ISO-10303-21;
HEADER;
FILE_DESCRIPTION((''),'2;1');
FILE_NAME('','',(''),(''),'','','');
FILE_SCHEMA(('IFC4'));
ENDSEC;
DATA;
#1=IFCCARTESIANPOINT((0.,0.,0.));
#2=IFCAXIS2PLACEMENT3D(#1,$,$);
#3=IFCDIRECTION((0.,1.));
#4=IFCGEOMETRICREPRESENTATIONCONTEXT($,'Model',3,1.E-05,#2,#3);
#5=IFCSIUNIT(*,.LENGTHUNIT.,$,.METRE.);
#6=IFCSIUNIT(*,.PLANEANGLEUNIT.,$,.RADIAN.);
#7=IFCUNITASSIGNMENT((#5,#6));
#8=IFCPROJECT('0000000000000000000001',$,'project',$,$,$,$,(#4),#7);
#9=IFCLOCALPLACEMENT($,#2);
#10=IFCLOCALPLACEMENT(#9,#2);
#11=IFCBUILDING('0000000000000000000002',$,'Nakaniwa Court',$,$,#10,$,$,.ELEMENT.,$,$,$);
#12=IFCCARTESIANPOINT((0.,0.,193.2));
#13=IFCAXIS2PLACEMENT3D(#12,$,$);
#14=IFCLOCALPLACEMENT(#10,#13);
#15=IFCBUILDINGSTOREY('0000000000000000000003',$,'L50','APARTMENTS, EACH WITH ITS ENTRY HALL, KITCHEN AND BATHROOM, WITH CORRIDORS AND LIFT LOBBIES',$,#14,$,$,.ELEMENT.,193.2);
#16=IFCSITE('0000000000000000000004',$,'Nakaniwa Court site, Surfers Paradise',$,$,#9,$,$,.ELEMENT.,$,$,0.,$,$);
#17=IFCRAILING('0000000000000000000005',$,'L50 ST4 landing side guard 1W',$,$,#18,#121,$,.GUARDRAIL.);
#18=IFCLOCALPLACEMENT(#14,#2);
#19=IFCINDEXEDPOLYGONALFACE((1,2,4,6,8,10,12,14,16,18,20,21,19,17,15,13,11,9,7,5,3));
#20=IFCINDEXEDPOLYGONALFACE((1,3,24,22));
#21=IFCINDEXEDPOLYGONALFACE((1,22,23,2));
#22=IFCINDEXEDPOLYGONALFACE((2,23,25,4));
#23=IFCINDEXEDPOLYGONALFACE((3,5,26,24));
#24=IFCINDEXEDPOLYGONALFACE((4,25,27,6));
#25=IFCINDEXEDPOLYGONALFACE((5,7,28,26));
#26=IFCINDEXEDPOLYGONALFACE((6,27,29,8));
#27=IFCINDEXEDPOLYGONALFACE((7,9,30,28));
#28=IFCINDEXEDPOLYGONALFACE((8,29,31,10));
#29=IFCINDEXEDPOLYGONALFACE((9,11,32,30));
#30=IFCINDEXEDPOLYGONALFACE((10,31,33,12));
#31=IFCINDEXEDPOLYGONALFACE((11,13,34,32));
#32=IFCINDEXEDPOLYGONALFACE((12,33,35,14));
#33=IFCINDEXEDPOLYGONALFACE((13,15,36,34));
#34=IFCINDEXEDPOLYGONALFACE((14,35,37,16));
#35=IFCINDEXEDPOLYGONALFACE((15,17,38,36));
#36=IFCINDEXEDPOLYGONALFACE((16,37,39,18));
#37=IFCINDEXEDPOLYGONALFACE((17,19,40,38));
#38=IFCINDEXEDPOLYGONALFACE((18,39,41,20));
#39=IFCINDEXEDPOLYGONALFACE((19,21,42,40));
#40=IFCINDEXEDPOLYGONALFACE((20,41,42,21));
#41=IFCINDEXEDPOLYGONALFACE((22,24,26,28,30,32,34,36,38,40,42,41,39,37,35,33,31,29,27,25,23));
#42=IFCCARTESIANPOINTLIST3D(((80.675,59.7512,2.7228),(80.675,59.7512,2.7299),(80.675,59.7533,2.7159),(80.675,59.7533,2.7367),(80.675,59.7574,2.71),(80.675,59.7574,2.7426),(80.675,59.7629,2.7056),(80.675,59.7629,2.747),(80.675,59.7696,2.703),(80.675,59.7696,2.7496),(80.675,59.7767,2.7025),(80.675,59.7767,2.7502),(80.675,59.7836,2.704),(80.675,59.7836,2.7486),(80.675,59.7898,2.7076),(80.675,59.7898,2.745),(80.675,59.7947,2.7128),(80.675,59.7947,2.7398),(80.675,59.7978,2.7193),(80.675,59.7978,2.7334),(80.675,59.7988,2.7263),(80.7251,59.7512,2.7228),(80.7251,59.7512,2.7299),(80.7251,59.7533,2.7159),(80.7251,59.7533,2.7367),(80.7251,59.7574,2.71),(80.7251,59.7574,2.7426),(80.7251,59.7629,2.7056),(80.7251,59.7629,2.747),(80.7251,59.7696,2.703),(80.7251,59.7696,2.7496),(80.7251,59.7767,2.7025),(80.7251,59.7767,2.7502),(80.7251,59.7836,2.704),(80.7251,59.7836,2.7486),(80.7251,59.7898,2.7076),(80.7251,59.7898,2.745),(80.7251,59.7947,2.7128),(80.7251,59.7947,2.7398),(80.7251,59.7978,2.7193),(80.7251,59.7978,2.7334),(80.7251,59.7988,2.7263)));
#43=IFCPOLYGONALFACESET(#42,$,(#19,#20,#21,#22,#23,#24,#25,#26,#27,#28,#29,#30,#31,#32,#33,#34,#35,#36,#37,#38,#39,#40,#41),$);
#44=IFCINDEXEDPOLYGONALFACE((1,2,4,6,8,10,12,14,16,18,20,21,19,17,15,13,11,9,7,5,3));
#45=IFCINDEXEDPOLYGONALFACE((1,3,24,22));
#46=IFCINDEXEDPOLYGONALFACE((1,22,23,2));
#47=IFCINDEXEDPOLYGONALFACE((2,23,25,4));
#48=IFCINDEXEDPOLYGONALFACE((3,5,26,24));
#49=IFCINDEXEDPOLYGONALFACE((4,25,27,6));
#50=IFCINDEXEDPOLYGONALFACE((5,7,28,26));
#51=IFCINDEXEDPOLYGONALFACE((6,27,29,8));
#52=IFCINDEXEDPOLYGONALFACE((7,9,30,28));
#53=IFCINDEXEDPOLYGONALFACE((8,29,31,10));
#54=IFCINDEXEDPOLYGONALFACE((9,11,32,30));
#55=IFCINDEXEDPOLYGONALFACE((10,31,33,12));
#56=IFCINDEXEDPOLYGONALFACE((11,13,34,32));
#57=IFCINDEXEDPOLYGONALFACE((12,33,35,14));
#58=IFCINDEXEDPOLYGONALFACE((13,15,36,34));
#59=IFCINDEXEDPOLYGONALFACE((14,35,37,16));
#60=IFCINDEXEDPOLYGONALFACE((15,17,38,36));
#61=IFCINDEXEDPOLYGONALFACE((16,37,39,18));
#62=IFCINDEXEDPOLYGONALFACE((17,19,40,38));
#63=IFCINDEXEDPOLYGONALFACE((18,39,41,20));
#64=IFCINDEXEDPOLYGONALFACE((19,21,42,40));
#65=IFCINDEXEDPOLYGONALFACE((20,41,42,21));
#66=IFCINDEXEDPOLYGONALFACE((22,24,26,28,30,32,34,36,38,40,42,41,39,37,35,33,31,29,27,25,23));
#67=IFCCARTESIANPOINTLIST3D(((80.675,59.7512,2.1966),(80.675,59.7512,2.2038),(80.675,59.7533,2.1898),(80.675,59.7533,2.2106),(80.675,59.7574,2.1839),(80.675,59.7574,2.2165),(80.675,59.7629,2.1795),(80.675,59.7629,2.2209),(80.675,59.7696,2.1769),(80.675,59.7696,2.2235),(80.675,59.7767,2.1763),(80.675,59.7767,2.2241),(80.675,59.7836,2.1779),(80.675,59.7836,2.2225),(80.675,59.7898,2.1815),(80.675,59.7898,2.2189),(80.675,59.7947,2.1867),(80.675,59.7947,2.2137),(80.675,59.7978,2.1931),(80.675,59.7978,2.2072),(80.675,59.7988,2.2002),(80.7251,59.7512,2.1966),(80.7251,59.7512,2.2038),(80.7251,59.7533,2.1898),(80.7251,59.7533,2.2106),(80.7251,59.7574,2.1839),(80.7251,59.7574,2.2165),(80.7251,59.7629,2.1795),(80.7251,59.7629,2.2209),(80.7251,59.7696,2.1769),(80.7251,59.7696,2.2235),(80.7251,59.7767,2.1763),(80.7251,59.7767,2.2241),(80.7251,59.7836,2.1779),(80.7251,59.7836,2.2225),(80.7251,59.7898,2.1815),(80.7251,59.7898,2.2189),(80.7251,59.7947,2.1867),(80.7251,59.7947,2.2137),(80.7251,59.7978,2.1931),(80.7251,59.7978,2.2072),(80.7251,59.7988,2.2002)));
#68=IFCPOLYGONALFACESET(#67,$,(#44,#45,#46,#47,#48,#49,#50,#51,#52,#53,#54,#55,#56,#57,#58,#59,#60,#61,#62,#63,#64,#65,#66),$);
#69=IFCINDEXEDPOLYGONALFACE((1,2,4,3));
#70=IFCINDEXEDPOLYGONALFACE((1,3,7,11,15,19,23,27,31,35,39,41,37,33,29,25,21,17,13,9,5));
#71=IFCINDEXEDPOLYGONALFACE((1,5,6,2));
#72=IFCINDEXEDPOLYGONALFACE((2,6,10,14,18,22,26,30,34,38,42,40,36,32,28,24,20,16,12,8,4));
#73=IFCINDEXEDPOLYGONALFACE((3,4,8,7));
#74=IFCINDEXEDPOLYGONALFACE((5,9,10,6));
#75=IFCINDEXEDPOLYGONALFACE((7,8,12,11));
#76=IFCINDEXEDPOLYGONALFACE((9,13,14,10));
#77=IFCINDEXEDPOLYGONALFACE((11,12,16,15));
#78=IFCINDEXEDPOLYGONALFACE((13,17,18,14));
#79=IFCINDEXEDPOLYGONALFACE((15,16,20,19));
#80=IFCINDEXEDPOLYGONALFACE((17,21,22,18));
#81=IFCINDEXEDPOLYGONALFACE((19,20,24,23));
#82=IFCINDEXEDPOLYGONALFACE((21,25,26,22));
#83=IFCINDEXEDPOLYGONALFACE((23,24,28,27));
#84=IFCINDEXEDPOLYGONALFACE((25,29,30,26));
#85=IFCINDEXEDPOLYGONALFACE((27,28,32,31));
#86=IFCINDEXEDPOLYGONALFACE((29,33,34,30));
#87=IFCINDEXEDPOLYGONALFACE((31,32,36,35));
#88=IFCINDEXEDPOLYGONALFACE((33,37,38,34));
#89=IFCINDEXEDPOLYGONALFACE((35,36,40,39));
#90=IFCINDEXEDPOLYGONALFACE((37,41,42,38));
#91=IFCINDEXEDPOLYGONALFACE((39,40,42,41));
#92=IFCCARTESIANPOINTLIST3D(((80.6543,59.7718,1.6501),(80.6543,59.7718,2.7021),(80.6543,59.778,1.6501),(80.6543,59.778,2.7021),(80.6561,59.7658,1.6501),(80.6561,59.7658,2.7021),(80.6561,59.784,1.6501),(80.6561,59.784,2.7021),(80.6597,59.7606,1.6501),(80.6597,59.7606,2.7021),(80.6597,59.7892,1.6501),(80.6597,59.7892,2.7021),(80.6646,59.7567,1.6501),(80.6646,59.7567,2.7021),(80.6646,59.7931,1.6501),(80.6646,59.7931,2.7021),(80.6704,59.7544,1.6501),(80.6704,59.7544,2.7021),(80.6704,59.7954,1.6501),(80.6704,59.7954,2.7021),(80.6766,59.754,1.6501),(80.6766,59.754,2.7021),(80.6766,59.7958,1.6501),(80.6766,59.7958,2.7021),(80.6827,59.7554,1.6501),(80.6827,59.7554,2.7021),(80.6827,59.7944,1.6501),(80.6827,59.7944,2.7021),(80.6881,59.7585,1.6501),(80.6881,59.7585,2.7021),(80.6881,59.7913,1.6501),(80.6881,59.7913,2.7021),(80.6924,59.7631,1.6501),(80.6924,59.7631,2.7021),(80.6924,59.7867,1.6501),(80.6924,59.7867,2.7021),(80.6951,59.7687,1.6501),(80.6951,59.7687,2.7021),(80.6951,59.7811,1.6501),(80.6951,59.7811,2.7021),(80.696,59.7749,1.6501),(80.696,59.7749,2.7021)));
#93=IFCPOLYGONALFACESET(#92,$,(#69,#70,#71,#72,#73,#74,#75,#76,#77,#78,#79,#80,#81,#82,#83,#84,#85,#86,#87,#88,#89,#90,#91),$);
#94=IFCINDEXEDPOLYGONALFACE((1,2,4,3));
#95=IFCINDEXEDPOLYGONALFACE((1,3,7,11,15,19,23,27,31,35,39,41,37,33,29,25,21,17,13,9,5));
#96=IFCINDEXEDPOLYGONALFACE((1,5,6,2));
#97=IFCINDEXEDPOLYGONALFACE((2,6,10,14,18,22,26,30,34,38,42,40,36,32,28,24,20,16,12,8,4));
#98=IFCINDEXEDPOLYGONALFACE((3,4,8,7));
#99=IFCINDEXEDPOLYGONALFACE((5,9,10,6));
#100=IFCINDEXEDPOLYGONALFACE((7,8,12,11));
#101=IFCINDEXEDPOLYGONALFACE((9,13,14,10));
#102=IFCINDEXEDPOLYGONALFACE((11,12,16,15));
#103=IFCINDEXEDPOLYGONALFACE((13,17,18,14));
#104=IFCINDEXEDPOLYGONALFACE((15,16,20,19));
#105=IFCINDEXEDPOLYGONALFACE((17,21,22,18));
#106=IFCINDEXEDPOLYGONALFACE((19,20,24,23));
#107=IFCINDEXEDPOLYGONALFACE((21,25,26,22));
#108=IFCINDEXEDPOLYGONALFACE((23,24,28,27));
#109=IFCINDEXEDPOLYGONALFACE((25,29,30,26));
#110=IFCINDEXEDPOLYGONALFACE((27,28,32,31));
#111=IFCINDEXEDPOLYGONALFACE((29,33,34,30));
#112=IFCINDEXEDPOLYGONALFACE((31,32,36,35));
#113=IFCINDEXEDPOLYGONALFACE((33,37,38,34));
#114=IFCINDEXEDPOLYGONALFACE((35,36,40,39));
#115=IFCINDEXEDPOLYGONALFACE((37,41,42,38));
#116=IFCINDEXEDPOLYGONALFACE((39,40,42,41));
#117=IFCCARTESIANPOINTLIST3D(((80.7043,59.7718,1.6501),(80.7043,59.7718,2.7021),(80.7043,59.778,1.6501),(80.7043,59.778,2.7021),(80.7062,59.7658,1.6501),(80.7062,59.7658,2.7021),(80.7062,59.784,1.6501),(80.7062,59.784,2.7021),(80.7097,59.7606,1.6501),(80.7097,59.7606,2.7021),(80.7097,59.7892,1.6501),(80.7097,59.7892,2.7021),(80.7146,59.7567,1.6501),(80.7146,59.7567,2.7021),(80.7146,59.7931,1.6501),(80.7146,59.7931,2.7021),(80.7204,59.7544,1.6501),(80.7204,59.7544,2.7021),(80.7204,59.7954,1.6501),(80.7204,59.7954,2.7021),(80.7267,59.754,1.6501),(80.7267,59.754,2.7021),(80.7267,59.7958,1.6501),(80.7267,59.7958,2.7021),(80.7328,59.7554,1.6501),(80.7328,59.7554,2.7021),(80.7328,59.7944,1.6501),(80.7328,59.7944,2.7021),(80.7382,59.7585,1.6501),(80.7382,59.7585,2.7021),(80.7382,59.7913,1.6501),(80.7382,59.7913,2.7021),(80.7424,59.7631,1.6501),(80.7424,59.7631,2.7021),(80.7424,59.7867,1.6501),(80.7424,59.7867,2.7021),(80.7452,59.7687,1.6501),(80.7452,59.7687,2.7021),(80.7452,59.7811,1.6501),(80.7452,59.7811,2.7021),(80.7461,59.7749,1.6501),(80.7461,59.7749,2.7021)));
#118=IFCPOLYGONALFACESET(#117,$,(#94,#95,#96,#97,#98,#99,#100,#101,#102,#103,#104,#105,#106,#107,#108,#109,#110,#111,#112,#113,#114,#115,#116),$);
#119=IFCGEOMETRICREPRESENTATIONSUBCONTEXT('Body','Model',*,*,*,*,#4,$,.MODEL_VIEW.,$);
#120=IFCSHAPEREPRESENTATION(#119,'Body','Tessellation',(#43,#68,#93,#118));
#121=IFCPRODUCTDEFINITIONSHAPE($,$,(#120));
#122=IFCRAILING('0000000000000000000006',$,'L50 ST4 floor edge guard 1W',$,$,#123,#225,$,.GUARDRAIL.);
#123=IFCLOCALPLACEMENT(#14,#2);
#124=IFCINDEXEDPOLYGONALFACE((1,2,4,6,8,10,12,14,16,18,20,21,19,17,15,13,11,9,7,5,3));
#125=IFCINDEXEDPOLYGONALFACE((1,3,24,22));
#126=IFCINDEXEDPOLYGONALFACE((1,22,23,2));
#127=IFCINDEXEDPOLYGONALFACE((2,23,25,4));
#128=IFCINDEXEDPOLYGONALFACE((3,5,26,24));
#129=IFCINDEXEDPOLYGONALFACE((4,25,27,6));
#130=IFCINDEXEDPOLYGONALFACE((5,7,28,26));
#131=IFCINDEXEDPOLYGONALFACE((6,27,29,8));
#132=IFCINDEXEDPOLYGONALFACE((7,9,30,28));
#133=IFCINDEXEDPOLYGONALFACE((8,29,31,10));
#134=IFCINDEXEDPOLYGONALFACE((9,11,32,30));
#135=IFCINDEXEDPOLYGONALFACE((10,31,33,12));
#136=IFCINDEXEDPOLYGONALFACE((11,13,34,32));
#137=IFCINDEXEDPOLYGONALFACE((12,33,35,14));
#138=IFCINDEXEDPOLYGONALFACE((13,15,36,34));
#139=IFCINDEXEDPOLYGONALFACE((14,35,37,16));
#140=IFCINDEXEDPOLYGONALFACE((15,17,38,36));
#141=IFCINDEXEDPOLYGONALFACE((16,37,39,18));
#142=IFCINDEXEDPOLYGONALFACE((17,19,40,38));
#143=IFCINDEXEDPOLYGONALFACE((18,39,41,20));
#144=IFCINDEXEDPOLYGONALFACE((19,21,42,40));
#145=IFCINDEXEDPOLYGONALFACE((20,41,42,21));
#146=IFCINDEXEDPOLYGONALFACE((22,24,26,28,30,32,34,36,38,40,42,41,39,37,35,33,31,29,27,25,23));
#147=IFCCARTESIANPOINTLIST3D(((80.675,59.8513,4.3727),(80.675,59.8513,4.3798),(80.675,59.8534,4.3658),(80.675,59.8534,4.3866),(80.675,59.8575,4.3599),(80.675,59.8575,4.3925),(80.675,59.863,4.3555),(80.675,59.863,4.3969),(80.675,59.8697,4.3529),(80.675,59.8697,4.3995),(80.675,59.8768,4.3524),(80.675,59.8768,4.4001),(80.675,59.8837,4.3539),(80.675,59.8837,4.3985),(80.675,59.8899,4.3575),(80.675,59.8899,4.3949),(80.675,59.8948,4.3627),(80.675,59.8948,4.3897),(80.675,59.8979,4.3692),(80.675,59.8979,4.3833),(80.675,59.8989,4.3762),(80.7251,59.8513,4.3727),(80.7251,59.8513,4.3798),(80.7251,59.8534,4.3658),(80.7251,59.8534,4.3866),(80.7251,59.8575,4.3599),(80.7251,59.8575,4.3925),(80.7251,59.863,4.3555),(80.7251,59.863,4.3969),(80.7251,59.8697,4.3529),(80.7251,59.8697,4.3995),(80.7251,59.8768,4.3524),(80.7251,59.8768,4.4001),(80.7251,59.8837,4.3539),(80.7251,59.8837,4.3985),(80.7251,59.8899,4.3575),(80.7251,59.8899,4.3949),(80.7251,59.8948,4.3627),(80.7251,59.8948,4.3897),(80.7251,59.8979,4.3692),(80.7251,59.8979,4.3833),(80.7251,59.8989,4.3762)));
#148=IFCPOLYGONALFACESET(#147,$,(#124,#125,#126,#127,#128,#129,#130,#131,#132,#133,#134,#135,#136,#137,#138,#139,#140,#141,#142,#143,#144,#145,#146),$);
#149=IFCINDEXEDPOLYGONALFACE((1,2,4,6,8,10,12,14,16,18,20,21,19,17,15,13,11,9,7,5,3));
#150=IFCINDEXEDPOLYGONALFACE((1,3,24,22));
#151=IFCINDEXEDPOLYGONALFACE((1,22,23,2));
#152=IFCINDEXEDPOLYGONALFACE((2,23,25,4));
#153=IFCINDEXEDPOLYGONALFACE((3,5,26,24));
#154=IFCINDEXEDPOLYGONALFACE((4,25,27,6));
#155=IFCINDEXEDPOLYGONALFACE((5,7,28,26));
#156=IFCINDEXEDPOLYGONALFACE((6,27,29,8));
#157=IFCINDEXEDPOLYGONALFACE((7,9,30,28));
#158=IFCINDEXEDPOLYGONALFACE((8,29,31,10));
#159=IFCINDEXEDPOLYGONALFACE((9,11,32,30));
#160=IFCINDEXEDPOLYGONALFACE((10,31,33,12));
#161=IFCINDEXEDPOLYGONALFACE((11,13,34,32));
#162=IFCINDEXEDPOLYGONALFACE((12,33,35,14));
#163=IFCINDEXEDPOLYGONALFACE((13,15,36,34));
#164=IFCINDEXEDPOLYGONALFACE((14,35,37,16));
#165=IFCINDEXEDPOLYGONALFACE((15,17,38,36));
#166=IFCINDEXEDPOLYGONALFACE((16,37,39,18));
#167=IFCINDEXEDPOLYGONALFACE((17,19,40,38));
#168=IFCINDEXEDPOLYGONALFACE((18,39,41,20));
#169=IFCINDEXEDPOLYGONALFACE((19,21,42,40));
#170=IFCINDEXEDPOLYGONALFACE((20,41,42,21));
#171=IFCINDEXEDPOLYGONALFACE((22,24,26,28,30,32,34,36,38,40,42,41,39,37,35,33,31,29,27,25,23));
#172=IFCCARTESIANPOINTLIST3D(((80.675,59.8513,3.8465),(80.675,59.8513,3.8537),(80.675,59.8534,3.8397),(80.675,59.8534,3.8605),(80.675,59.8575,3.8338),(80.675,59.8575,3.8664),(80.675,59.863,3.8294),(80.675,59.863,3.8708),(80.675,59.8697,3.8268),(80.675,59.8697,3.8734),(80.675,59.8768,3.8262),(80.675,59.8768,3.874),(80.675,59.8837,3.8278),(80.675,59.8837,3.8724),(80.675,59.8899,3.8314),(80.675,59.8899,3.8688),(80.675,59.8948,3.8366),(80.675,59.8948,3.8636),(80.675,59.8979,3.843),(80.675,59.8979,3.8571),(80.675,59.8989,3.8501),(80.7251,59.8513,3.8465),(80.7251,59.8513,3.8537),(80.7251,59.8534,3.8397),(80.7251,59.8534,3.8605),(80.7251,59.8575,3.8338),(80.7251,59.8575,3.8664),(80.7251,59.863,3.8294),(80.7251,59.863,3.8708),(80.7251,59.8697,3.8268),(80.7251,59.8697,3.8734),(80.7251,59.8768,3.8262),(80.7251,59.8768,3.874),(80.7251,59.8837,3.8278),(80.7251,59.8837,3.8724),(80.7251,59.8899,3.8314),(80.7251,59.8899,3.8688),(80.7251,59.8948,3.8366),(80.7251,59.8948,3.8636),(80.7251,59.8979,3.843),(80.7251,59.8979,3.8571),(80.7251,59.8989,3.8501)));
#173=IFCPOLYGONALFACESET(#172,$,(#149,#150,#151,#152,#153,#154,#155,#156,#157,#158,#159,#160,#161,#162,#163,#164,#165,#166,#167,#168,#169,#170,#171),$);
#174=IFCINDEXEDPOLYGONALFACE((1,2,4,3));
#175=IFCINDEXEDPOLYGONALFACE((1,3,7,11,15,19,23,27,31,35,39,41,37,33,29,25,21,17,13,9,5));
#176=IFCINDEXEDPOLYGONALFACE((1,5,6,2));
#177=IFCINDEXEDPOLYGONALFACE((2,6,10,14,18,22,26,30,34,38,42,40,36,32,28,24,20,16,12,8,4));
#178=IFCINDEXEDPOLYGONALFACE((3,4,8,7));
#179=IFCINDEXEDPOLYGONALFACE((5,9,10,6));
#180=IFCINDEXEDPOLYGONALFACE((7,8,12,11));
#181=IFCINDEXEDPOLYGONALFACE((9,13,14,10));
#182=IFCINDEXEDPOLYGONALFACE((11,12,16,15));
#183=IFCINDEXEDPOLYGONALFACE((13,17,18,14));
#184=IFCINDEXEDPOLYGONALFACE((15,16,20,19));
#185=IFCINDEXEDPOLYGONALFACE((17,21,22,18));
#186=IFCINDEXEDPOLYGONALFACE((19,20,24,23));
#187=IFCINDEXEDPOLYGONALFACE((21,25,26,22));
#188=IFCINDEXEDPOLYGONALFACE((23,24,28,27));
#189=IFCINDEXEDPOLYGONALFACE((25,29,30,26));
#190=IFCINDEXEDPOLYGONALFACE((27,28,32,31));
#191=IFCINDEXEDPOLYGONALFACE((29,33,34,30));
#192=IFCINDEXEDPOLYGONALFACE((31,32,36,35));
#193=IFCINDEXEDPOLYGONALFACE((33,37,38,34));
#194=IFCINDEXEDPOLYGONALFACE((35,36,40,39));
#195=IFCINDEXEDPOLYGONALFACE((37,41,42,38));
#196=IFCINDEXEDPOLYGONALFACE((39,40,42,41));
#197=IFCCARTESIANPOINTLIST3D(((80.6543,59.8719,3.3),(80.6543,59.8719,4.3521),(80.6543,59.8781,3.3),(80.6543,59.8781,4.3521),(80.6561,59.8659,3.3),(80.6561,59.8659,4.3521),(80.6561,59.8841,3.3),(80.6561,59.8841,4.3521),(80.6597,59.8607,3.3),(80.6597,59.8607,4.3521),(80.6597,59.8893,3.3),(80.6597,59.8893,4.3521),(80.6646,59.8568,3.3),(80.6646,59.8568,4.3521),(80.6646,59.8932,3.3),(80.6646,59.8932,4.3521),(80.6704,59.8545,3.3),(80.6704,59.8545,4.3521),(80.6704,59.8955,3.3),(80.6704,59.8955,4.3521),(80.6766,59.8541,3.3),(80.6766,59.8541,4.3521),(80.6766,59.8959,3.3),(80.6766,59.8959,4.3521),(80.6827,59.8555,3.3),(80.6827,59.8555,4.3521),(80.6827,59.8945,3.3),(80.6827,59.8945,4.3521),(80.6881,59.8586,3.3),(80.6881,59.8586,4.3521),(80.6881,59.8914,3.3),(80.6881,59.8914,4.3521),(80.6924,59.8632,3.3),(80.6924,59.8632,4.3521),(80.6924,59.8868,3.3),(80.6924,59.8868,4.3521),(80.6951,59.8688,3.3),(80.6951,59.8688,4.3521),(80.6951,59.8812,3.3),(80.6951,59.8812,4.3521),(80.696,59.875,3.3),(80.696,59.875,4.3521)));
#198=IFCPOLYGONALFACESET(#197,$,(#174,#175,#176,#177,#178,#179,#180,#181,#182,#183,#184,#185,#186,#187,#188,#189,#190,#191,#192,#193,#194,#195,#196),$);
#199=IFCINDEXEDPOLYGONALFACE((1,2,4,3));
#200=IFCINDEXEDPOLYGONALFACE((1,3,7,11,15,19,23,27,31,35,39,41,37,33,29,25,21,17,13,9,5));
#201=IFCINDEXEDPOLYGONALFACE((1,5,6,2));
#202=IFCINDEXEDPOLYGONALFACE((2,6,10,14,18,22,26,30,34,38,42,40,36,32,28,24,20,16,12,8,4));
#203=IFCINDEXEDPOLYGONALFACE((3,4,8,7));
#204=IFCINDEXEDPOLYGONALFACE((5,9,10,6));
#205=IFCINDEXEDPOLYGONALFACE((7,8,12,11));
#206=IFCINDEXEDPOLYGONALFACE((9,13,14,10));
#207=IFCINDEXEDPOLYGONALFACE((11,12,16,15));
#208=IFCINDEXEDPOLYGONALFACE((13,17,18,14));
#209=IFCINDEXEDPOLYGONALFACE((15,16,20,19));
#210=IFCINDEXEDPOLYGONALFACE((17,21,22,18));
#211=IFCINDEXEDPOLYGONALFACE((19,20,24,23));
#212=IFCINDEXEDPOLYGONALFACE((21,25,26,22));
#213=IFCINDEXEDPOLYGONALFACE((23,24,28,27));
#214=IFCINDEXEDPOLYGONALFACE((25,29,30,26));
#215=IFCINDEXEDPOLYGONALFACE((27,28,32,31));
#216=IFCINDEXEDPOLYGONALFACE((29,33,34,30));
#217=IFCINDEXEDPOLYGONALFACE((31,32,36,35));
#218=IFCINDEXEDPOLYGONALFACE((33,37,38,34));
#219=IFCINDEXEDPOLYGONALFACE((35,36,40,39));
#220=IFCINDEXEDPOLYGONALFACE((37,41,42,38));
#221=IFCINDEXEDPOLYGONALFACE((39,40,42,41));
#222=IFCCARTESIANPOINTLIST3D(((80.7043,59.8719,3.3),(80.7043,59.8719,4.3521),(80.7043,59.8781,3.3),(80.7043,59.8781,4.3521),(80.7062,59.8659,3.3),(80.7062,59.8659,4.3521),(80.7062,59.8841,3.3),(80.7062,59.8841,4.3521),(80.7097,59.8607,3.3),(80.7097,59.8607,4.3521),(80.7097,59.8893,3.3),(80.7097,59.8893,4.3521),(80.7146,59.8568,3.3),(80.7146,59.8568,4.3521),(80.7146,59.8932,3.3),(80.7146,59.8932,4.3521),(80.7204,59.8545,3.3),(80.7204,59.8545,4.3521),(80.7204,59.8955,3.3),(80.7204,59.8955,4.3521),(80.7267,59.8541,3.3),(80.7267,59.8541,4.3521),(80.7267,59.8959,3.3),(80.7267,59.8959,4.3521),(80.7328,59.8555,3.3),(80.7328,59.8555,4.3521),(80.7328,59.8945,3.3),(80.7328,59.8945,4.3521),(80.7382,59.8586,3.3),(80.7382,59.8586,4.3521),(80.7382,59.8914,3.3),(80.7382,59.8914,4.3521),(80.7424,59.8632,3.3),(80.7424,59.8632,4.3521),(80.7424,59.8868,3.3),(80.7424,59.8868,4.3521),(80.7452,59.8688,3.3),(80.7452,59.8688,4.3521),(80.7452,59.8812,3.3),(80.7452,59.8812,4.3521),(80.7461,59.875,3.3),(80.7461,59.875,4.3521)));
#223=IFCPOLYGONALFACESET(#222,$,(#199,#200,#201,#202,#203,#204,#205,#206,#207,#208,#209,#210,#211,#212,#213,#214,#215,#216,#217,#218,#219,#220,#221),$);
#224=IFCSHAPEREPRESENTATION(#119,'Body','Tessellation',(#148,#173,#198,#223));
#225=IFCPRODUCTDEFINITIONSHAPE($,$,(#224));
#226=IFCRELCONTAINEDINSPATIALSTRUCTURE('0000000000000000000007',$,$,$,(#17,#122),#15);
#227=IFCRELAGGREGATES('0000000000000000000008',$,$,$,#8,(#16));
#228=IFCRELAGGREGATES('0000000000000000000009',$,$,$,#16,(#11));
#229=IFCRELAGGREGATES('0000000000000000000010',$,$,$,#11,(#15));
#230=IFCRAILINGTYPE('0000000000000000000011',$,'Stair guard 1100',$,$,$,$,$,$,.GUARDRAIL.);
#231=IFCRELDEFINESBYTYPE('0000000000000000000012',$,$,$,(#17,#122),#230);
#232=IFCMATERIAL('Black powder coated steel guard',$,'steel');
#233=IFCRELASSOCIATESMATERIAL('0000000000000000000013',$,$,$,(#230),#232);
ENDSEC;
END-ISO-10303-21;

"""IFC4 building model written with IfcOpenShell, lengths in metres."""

from ifc_helpers import new_model, si_unit, direction, frame, origin, origin_2d, place, context, subcontext, project, spatial, circle, extrude, material, type_object, element, save


model = new_model("IFC4")

# Units and contexts
model_context = context("Model", 3, precision=1e-05, world=origin(), true_north=direction((0.0, 1.0)))
body_context = subcontext(model_context, "Body", "Model", "MODEL_VIEW")
ifc_project = project(units=[si_unit("LENGTHUNIT", "METRE"), si_unit("PLANEANGLEUNIT", "RADIAN")], contexts=[model_context])

# Site, building, storey
site_placement = place(None, origin())
site = spatial("IfcSite", under=ifc_project, at=site_placement, Name="Nakaniwa Court site, Surfers Paradise", CompositionType="ELEMENT", RefElevation=0.0)
building_placement = place(site_placement, origin())
building = spatial("IfcBuilding", under=site, at=building_placement, Name="Nakaniwa Court", CompositionType="ELEMENT")
storey_placement = place(building_placement, frame((0.0, 0.0, 193.2)))
storey = spatial("IfcBuildingStorey", under=building, at=storey_placement, Name="L50", Description="APARTMENTS, EACH WITH ITS ENTRY HALL, KITCHEN AND BATHROOM, WITH CORRIDORS AND LIFT LOBBIES", CompositionType="ELEMENT", Elevation=193.2)

# Railings
ifc_material_1 = material(Name="Black powder coated steel guard", Category="steel")
railing_type_1 = type_object("IfcRailingType", Name="Stair guard 1100", PredefinedType="GUARDRAIL", material=ifc_material_1)
for number, where, name in (
    (1, (80.675, 59.7749, 1.6501), "L50 ST4 landing side guard 1W"),
    (2, (80.675, 59.875, 3.3), "L50 ST4 floor edge guard 1W"),
):
    element("IfcRailing", number, at=place(storey_placement, frame(where)), inside=storey, type_object=railing_type_1, Name=name, PredefinedType="GUARDRAIL", context=body_context, shape_type="SweptSolid", body=[
        extrude(circle(Radius=0.0239, at=origin_2d()), frame((0.0, 0.0, 1.0762), z_axis=(1.0, 0.0, 0.0), x_axis=(0.0, 1.0, 0.0)), (0.0, 0.0, 1.0), 0.05),
        extrude(circle(Radius=0.0239, at=origin_2d()), frame((0.0, 0.0, 0.55), z_axis=(1.0, 0.0, 0.0), x_axis=(0.0, 1.0, 0.0)), (0.0, 0.0, 1.0), 0.05),
        extrude(circle(Radius=0.021, at=origin_2d()), origin(), (0.0, 0.0, 1.0), 1.052),
        extrude(circle(Radius=0.021, at=origin_2d()), frame((0.05, 0.0, 0.0)), (0.0, 0.0, 1.0), 1.052),
    ])

save(model, "model.ifc")
